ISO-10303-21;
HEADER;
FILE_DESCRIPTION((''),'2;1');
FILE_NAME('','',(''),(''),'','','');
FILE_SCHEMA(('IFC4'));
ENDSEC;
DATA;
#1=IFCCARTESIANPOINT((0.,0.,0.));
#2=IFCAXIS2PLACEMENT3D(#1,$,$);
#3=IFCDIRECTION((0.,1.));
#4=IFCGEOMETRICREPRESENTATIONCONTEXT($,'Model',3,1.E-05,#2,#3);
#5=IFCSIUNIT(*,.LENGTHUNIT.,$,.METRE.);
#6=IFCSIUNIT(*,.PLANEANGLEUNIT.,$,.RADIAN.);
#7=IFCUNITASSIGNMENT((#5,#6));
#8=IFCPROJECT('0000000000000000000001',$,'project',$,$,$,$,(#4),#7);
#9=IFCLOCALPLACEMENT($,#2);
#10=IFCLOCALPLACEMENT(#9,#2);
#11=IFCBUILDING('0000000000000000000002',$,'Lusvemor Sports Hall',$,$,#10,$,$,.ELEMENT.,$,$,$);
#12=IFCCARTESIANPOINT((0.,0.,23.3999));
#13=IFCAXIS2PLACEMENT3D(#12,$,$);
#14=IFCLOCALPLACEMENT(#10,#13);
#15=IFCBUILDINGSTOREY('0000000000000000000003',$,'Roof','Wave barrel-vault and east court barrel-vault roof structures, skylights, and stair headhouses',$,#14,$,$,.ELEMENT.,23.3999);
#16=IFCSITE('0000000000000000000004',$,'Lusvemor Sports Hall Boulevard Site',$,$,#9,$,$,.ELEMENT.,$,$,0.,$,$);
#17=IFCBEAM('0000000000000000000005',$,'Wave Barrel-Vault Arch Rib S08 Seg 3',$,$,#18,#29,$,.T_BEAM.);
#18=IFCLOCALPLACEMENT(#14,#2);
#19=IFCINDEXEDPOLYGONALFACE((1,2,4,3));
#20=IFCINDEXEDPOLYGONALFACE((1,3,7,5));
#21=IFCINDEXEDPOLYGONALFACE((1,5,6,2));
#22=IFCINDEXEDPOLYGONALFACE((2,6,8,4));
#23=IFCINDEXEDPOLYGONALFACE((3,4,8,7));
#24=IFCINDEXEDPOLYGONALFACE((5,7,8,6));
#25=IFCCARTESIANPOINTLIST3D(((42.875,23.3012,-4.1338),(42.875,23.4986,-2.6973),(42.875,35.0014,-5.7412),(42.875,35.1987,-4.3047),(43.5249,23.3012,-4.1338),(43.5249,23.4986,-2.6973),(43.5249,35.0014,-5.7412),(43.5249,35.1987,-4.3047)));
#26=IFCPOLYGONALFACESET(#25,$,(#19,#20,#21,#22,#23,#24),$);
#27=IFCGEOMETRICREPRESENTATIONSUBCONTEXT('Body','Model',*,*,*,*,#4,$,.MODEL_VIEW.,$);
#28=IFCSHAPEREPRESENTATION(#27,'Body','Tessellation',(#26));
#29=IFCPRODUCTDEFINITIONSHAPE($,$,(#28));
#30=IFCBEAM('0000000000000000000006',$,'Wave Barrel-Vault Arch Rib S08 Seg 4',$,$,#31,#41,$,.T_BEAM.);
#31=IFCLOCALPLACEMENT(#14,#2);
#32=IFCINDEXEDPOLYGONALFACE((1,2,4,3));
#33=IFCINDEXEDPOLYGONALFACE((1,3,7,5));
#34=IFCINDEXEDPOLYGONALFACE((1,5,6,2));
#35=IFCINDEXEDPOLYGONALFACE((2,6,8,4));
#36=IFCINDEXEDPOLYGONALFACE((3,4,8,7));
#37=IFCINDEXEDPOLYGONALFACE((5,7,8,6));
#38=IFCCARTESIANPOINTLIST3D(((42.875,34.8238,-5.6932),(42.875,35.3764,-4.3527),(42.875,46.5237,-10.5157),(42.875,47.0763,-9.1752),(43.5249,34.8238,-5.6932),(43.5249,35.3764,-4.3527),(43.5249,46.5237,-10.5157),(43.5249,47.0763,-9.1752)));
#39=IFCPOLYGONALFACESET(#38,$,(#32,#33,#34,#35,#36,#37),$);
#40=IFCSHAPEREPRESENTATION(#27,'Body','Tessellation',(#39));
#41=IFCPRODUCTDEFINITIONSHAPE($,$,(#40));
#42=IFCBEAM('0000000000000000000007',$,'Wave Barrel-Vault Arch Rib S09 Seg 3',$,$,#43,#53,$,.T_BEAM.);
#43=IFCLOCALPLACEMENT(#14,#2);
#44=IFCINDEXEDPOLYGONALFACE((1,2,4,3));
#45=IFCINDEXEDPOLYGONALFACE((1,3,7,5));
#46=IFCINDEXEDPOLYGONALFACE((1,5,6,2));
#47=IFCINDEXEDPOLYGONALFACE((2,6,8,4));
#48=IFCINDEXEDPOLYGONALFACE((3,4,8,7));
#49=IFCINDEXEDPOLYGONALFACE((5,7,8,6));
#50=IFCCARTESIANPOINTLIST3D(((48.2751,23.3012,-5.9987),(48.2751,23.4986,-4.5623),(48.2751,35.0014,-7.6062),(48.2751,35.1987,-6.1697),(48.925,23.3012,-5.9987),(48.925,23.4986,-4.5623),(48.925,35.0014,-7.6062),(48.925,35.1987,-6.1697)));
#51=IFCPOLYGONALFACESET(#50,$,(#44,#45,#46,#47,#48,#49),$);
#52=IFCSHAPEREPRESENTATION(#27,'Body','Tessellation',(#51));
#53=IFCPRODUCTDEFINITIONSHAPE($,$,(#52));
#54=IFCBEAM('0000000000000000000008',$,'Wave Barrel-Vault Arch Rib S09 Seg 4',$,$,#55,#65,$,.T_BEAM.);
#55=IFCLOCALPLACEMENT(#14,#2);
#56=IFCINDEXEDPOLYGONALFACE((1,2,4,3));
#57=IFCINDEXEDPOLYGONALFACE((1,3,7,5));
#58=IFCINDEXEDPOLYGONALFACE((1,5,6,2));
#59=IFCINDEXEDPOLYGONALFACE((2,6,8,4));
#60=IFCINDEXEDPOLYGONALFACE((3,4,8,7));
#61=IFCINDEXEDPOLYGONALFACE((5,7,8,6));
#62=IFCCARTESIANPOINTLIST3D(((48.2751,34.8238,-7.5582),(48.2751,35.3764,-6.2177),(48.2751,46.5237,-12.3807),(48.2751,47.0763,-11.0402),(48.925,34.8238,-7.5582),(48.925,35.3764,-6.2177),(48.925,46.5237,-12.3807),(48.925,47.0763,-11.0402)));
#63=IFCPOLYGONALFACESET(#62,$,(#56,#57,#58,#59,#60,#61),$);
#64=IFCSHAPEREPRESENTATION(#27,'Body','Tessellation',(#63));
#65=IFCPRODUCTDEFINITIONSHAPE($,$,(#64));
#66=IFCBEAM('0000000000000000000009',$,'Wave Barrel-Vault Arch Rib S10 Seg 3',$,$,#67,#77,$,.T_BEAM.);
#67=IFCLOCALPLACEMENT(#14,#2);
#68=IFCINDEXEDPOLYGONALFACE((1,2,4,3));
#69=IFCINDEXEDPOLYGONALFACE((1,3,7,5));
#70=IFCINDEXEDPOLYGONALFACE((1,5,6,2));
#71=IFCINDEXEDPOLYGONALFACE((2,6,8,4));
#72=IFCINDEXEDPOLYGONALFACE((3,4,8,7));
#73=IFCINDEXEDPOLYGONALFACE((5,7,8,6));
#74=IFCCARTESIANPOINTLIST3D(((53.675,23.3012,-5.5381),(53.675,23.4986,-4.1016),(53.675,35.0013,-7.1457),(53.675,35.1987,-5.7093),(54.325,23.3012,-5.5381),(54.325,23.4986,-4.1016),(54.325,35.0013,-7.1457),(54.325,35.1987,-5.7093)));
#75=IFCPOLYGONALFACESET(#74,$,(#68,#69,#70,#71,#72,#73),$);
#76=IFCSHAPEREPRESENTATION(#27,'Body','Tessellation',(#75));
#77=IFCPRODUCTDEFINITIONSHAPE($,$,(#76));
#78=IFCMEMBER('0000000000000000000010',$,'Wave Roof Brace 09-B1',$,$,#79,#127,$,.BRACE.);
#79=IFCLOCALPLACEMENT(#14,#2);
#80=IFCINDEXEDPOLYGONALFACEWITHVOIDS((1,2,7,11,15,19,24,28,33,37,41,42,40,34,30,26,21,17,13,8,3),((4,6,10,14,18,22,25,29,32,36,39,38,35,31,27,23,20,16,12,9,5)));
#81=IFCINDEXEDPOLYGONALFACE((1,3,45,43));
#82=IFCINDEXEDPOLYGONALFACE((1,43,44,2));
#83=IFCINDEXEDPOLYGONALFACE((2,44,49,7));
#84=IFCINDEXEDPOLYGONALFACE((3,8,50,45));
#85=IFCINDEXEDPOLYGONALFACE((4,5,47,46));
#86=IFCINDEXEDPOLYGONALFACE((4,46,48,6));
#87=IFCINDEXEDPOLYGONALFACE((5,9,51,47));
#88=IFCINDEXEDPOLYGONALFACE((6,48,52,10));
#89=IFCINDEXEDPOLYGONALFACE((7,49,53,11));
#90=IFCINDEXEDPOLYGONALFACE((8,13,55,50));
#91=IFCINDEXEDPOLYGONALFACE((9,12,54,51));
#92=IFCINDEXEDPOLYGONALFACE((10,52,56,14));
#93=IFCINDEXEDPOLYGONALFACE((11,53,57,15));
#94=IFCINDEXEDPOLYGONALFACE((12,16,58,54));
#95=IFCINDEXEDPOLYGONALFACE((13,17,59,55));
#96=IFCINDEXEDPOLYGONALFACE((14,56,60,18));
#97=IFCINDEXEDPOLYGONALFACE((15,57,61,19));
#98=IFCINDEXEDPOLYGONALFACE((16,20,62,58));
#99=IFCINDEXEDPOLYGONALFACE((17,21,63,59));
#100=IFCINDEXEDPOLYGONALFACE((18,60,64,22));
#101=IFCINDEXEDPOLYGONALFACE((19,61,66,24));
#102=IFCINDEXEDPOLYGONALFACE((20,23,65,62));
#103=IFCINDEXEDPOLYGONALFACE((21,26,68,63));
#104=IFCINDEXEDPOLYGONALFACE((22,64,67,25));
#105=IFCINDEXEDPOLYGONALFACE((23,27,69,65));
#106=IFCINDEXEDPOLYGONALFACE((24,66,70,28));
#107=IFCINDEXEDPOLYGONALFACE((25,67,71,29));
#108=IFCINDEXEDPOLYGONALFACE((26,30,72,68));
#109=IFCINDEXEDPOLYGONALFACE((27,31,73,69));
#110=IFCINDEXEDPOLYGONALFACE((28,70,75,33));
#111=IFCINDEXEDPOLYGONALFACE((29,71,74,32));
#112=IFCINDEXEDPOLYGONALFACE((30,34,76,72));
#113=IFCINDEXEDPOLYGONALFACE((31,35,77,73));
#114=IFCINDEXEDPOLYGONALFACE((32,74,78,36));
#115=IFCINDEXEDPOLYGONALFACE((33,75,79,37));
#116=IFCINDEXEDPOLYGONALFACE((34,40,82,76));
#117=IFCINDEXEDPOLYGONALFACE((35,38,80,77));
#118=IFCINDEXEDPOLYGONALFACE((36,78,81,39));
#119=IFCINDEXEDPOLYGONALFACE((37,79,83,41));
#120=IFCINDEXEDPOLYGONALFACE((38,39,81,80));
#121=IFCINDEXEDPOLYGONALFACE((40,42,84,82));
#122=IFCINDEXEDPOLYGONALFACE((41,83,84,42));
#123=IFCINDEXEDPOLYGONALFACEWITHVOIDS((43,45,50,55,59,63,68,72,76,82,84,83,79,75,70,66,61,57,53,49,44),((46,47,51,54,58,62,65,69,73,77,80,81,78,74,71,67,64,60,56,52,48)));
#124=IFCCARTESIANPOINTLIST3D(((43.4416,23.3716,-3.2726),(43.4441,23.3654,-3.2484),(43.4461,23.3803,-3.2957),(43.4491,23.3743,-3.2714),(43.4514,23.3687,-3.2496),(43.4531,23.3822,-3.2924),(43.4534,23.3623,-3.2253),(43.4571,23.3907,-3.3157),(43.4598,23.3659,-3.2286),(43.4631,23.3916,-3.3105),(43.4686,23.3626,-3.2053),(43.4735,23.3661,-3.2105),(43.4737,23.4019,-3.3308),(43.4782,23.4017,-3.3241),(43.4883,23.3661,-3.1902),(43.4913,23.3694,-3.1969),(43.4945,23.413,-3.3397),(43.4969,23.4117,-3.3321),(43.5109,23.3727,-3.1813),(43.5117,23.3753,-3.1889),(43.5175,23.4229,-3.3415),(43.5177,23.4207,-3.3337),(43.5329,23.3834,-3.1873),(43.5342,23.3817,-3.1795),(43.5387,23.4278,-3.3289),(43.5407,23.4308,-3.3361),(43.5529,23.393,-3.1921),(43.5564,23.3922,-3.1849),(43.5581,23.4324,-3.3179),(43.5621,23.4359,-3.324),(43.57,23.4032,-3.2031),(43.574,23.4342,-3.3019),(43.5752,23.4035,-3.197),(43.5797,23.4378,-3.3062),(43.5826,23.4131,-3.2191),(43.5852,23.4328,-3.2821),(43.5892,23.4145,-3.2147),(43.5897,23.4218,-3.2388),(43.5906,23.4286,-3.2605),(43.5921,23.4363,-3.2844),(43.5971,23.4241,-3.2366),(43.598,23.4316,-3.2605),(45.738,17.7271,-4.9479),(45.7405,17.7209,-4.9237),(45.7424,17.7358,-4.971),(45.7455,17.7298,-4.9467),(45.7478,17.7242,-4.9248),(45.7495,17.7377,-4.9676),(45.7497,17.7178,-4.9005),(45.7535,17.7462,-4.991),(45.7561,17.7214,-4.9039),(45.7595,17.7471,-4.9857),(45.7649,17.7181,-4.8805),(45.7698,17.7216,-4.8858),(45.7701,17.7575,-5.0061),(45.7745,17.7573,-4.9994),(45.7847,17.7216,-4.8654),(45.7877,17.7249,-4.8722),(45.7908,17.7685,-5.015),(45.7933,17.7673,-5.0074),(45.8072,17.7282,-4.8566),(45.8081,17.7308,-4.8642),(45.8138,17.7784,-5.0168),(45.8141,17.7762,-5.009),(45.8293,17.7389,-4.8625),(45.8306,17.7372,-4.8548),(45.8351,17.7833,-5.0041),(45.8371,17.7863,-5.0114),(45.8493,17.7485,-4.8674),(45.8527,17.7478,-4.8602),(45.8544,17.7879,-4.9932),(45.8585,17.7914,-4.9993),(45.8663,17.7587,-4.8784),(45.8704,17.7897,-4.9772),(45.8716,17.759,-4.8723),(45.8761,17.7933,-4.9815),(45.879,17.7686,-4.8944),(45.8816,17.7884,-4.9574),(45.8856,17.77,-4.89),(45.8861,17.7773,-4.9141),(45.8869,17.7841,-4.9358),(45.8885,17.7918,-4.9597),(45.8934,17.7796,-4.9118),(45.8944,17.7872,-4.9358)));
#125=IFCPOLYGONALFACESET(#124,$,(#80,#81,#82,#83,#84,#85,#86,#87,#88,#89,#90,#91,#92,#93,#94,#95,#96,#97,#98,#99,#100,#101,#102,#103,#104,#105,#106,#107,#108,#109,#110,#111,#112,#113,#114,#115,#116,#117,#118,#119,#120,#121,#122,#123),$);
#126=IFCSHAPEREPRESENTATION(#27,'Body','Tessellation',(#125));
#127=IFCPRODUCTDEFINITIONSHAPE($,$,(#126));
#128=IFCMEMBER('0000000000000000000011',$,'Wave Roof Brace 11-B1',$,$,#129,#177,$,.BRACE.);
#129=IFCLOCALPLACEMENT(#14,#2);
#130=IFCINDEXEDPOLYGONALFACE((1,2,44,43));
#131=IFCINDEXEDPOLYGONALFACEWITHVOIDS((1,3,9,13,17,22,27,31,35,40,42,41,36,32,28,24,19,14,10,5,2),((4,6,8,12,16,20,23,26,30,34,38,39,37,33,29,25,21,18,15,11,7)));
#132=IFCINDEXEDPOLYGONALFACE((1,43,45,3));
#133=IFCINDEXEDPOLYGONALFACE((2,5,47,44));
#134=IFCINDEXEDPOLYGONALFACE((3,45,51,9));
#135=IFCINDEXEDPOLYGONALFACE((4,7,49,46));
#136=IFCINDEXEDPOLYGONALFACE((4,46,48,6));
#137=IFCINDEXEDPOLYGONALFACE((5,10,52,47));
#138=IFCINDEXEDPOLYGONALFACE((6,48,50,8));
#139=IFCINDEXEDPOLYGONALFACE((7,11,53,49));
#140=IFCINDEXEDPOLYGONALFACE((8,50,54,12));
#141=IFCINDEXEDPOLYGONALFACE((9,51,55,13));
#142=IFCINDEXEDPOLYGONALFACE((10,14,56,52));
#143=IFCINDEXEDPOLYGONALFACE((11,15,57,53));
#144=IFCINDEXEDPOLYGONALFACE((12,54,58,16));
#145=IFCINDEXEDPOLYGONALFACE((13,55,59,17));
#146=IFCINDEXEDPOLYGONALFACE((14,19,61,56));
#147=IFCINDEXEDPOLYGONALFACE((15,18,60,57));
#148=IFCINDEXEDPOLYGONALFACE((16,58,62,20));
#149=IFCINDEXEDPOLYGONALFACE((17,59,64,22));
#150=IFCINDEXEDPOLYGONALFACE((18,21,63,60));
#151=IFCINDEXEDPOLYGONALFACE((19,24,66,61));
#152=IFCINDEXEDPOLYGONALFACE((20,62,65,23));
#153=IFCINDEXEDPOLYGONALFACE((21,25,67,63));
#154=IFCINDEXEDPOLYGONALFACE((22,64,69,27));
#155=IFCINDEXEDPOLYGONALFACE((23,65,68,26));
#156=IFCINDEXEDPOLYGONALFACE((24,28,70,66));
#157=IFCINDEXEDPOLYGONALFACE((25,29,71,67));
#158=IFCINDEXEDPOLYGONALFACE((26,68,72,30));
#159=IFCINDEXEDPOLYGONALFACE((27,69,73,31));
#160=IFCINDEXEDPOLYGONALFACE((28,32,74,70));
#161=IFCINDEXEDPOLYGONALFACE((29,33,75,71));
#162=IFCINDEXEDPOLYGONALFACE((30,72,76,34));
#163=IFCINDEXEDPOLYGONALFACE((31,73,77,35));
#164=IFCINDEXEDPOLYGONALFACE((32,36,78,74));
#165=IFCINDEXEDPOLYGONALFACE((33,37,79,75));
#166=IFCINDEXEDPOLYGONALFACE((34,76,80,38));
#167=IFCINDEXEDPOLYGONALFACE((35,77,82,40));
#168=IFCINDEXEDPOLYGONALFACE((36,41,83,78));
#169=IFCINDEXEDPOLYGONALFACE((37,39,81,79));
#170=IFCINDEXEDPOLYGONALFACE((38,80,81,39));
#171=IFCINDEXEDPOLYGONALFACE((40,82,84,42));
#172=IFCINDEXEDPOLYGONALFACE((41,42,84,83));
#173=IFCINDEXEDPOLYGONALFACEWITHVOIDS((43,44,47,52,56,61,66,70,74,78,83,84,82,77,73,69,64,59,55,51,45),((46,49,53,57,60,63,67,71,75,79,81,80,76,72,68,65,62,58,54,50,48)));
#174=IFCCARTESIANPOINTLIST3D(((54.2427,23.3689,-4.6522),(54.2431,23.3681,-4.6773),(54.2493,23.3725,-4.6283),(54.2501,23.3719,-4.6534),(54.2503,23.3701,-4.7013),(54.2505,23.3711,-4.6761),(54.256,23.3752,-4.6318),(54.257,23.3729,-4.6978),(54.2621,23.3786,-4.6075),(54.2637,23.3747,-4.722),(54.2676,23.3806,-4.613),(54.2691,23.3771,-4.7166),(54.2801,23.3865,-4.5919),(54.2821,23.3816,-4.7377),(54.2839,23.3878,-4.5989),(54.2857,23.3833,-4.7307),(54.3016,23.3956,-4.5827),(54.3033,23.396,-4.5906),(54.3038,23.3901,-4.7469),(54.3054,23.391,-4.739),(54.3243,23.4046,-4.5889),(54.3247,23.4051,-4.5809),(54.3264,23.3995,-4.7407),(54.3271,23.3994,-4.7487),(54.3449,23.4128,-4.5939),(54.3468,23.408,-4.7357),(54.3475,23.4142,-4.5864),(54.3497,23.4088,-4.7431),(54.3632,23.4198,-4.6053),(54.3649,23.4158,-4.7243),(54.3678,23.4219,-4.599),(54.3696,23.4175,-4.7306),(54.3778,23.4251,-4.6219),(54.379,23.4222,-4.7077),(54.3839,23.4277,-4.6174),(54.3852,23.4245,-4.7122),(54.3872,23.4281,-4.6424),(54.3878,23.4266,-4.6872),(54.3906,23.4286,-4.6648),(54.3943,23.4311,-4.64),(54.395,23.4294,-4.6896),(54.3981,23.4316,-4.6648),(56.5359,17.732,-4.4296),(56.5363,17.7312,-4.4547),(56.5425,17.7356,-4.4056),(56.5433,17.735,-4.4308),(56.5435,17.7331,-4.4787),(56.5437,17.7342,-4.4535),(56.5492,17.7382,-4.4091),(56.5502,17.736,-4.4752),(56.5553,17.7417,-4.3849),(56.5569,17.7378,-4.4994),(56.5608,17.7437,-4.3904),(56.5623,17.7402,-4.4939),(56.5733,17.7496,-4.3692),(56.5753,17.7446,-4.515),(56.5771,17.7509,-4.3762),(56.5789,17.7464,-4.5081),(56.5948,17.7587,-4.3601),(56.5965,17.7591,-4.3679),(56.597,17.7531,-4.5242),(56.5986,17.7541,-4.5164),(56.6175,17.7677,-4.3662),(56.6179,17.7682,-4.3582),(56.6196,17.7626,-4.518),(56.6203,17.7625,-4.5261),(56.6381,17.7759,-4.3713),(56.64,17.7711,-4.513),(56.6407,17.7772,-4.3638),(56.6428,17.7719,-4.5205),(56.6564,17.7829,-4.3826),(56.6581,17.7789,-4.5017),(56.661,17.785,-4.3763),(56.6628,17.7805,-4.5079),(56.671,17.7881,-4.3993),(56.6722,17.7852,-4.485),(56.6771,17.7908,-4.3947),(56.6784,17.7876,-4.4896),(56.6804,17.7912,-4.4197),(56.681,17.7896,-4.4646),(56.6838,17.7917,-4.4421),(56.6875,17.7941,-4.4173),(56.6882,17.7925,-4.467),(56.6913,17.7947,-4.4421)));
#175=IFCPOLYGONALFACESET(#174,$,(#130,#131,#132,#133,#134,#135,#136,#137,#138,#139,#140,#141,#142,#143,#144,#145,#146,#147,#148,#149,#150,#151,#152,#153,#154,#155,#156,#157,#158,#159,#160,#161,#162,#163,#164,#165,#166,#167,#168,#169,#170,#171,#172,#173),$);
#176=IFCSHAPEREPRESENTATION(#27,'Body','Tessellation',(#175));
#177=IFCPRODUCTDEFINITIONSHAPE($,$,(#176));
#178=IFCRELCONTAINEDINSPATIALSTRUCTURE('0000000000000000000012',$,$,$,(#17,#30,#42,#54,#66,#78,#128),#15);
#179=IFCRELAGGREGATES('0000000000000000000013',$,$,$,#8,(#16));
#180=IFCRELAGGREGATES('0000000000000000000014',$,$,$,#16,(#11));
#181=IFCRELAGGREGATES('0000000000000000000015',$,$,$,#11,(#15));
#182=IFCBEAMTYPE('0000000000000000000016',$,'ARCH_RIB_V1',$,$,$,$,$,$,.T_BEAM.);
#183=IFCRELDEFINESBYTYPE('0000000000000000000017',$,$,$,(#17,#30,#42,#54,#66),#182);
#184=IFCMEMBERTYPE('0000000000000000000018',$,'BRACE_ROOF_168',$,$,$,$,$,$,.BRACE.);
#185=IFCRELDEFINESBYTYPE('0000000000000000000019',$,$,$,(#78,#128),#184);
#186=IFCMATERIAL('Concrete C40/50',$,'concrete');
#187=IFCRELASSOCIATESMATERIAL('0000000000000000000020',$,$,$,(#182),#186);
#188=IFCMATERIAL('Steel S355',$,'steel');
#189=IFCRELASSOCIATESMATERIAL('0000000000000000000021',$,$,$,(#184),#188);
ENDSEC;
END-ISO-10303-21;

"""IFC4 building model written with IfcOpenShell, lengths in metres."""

from ifc_helpers import new_model, si_unit, direction, frame, origin, origin_2d, place, context, subcontext, project, spatial, rectangle, hollow_circle, extrude, material, material_profile, profile_set, type_object, element, save


model = new_model("IFC4")

# Units and contexts
model_context = context("Model", 3, precision=1e-05, world=origin(), true_north=direction((0.0, 1.0)))
body_context = subcontext(model_context, "Body", "Model", "MODEL_VIEW")
ifc_project = project(units=[si_unit("LENGTHUNIT", "METRE"), si_unit("PLANEANGLEUNIT", "RADIAN")], contexts=[model_context])

# Site, building, storey
site_placement = place(None, origin())
site = spatial("IfcSite", under=ifc_project, at=site_placement, Name="Lusvemor Sports Hall Boulevard Site", CompositionType="ELEMENT", RefElevation=0.0)
building_placement = place(site_placement, origin())
building = spatial("IfcBuilding", under=site, at=building_placement, Name="Lusvemor Sports Hall", CompositionType="ELEMENT")
storey_placement = place(building_placement, frame((0.0, 0.0, 23.3999)))
storey = spatial("IfcBuildingStorey", under=building, at=storey_placement, Name="Roof", Description="Wave barrel-vault and east court barrel-vault roof structures, skylights, and stair headhouses", CompositionType="ELEMENT", Elevation=23.3999)

# Beams
ifc_material_1 = material(Name="Concrete C40/50", Category="concrete")
ifc_material_profile_1 = material_profile(ifc_material_1, rectangle(XDim=0.6499, YDim=1.45, at=origin_2d()), Name="RC650x1450")
ifc_profile_set_1 = profile_set([ifc_material_profile_1], Name="Concrete C40/50")
beam_type = type_object("IfcBeamType", Name="ARCH_RIB_V1", PredefinedType="T_BEAM", material=ifc_profile_set_1)
beam_1_placement = place(storey_placement, frame((43.2, 23.3999, -3.4155), z_axis=(0.0, 0.990694, -0.136106), x_axis=(-1.0, 0.0, 0.0)))
element("IfcBeam", 1, at=beam_1_placement, inside=storey, type_object=beam_type, Name="Wave Barrel-Vault Arch Rib S08 Seg 3", PredefinedType="T_BEAM", context=body_context, shape_type="SweptSolid", body=[
    extrude(rectangle(XDim=0.6499, YDim=1.45, at=origin_2d()), origin(), (0.0, 0.0, 1.0), 11.8101),
])
beam_2_placement = place(storey_placement, frame((43.2, 35.1001, -5.0229), z_axis=(0.0, 0.924542, -0.38108), x_axis=(-1.0, 0.0, 0.0)))
element("IfcBeam", 2, at=beam_2_placement, inside=storey, type_object=beam_type, Name="Wave Barrel-Vault Arch Rib S08 Seg 4", PredefinedType="T_BEAM", context=body_context, shape_type="SweptSolid", body=[
    extrude(rectangle(XDim=0.6499, YDim=1.45, at=origin_2d()), origin(), (0.0, 0.0, 1.0), 12.6548),
])
beam_3_placement = place(storey_placement, frame((48.6001, 23.3999, -5.2805), z_axis=(0.0, 0.990694, -0.136106), x_axis=(-1.0, 0.0, 0.0)))
element("IfcBeam", 3, at=beam_3_placement, inside=storey, type_object=beam_type, Name="Wave Barrel-Vault Arch Rib S09 Seg 3", PredefinedType="T_BEAM", context=body_context, shape_type="SweptSolid", body=[
    extrude(rectangle(XDim=0.6499, YDim=1.45, at=origin_2d()), origin(), (0.0, 0.0, 1.0), 11.8101),
])
beam_4_placement = place(storey_placement, frame((48.6001, 35.1001, -6.8879), z_axis=(0.0, 0.924542, -0.38108), x_axis=(-1.0, 0.0, 0.0)))
element("IfcBeam", 4, at=beam_4_placement, inside=storey, type_object=beam_type, Name="Wave Barrel-Vault Arch Rib S09 Seg 4", PredefinedType="T_BEAM", context=body_context, shape_type="SweptSolid", body=[
    extrude(rectangle(XDim=0.6499, YDim=1.45, at=origin_2d()), origin(), (0.0, 0.0, 1.0), 12.6548),
])
beam_5_placement = place(storey_placement, frame((54.0, 23.3999, -4.8198), z_axis=(0.0, 0.990692, -0.136126), x_axis=(-1.0, 0.0, 0.0)))
element("IfcBeam", 5, at=beam_5_placement, inside=storey, type_object=beam_type, Name="Wave Barrel-Vault Arch Rib S10 Seg 3", PredefinedType="T_BEAM", context=body_context, shape_type="SweptSolid", body=[
    extrude(rectangle(XDim=0.6499, YDim=1.45, at=origin_2d()), origin(), (0.0, 0.0, 1.0), 11.8101),
])

# Members
ifc_material_2 = material(Name="Steel S355", Category="steel")
ifc_material_profile_2 = material_profile(ifc_material_2, hollow_circle(Radius=0.0842, WallThickness=0.0081, at=origin_2d()), Name="CHS168.3x8.0")
ifc_profile_set_2 = profile_set([ifc_material_profile_2], Name="Steel S355")
member_type_1 = type_object("IfcMemberType", Name="BRACE_ROOF_168", PredefinedType="BRACE", material=ifc_profile_set_2)
member_1_placement = place(storey_placement, frame((43.52, 23.3999, -3.2605), z_axis=(0.36336, -0.893141, -0.265084), x_axis=(0.926278, 0.376841, 0.0)))
element("IfcMember", 6, at=member_1_placement, inside=storey, type_object=member_type_1, Name="Wave Roof Brace 09-B1", PredefinedType="BRACE", context=body_context, shape_type="SweptSolid", body=[
    extrude(hollow_circle(Radius=0.0842, WallThickness=0.0081, at=origin_2d()), origin(), (0.0, 0.0, 1.0), 6.3198),
])
member_2_placement = place(storey_placement, frame((54.3201, 23.3999, -4.6648), z_axis=(0.376576, -0.925664, 0.036563), x_axis=(0.926283, 0.376828, 0.0)))
element("IfcMember", 7, at=member_2_placement, inside=storey, type_object=member_type_1, Name="Wave Roof Brace 11-B1", PredefinedType="BRACE", context=body_context, shape_type="SweptSolid", body=[
    extrude(hollow_circle(Radius=0.0842, WallThickness=0.0081, at=origin_2d()), origin(), (0.0, 0.0, 1.0), 6.0896),
])

save(model, "model.ifc")
